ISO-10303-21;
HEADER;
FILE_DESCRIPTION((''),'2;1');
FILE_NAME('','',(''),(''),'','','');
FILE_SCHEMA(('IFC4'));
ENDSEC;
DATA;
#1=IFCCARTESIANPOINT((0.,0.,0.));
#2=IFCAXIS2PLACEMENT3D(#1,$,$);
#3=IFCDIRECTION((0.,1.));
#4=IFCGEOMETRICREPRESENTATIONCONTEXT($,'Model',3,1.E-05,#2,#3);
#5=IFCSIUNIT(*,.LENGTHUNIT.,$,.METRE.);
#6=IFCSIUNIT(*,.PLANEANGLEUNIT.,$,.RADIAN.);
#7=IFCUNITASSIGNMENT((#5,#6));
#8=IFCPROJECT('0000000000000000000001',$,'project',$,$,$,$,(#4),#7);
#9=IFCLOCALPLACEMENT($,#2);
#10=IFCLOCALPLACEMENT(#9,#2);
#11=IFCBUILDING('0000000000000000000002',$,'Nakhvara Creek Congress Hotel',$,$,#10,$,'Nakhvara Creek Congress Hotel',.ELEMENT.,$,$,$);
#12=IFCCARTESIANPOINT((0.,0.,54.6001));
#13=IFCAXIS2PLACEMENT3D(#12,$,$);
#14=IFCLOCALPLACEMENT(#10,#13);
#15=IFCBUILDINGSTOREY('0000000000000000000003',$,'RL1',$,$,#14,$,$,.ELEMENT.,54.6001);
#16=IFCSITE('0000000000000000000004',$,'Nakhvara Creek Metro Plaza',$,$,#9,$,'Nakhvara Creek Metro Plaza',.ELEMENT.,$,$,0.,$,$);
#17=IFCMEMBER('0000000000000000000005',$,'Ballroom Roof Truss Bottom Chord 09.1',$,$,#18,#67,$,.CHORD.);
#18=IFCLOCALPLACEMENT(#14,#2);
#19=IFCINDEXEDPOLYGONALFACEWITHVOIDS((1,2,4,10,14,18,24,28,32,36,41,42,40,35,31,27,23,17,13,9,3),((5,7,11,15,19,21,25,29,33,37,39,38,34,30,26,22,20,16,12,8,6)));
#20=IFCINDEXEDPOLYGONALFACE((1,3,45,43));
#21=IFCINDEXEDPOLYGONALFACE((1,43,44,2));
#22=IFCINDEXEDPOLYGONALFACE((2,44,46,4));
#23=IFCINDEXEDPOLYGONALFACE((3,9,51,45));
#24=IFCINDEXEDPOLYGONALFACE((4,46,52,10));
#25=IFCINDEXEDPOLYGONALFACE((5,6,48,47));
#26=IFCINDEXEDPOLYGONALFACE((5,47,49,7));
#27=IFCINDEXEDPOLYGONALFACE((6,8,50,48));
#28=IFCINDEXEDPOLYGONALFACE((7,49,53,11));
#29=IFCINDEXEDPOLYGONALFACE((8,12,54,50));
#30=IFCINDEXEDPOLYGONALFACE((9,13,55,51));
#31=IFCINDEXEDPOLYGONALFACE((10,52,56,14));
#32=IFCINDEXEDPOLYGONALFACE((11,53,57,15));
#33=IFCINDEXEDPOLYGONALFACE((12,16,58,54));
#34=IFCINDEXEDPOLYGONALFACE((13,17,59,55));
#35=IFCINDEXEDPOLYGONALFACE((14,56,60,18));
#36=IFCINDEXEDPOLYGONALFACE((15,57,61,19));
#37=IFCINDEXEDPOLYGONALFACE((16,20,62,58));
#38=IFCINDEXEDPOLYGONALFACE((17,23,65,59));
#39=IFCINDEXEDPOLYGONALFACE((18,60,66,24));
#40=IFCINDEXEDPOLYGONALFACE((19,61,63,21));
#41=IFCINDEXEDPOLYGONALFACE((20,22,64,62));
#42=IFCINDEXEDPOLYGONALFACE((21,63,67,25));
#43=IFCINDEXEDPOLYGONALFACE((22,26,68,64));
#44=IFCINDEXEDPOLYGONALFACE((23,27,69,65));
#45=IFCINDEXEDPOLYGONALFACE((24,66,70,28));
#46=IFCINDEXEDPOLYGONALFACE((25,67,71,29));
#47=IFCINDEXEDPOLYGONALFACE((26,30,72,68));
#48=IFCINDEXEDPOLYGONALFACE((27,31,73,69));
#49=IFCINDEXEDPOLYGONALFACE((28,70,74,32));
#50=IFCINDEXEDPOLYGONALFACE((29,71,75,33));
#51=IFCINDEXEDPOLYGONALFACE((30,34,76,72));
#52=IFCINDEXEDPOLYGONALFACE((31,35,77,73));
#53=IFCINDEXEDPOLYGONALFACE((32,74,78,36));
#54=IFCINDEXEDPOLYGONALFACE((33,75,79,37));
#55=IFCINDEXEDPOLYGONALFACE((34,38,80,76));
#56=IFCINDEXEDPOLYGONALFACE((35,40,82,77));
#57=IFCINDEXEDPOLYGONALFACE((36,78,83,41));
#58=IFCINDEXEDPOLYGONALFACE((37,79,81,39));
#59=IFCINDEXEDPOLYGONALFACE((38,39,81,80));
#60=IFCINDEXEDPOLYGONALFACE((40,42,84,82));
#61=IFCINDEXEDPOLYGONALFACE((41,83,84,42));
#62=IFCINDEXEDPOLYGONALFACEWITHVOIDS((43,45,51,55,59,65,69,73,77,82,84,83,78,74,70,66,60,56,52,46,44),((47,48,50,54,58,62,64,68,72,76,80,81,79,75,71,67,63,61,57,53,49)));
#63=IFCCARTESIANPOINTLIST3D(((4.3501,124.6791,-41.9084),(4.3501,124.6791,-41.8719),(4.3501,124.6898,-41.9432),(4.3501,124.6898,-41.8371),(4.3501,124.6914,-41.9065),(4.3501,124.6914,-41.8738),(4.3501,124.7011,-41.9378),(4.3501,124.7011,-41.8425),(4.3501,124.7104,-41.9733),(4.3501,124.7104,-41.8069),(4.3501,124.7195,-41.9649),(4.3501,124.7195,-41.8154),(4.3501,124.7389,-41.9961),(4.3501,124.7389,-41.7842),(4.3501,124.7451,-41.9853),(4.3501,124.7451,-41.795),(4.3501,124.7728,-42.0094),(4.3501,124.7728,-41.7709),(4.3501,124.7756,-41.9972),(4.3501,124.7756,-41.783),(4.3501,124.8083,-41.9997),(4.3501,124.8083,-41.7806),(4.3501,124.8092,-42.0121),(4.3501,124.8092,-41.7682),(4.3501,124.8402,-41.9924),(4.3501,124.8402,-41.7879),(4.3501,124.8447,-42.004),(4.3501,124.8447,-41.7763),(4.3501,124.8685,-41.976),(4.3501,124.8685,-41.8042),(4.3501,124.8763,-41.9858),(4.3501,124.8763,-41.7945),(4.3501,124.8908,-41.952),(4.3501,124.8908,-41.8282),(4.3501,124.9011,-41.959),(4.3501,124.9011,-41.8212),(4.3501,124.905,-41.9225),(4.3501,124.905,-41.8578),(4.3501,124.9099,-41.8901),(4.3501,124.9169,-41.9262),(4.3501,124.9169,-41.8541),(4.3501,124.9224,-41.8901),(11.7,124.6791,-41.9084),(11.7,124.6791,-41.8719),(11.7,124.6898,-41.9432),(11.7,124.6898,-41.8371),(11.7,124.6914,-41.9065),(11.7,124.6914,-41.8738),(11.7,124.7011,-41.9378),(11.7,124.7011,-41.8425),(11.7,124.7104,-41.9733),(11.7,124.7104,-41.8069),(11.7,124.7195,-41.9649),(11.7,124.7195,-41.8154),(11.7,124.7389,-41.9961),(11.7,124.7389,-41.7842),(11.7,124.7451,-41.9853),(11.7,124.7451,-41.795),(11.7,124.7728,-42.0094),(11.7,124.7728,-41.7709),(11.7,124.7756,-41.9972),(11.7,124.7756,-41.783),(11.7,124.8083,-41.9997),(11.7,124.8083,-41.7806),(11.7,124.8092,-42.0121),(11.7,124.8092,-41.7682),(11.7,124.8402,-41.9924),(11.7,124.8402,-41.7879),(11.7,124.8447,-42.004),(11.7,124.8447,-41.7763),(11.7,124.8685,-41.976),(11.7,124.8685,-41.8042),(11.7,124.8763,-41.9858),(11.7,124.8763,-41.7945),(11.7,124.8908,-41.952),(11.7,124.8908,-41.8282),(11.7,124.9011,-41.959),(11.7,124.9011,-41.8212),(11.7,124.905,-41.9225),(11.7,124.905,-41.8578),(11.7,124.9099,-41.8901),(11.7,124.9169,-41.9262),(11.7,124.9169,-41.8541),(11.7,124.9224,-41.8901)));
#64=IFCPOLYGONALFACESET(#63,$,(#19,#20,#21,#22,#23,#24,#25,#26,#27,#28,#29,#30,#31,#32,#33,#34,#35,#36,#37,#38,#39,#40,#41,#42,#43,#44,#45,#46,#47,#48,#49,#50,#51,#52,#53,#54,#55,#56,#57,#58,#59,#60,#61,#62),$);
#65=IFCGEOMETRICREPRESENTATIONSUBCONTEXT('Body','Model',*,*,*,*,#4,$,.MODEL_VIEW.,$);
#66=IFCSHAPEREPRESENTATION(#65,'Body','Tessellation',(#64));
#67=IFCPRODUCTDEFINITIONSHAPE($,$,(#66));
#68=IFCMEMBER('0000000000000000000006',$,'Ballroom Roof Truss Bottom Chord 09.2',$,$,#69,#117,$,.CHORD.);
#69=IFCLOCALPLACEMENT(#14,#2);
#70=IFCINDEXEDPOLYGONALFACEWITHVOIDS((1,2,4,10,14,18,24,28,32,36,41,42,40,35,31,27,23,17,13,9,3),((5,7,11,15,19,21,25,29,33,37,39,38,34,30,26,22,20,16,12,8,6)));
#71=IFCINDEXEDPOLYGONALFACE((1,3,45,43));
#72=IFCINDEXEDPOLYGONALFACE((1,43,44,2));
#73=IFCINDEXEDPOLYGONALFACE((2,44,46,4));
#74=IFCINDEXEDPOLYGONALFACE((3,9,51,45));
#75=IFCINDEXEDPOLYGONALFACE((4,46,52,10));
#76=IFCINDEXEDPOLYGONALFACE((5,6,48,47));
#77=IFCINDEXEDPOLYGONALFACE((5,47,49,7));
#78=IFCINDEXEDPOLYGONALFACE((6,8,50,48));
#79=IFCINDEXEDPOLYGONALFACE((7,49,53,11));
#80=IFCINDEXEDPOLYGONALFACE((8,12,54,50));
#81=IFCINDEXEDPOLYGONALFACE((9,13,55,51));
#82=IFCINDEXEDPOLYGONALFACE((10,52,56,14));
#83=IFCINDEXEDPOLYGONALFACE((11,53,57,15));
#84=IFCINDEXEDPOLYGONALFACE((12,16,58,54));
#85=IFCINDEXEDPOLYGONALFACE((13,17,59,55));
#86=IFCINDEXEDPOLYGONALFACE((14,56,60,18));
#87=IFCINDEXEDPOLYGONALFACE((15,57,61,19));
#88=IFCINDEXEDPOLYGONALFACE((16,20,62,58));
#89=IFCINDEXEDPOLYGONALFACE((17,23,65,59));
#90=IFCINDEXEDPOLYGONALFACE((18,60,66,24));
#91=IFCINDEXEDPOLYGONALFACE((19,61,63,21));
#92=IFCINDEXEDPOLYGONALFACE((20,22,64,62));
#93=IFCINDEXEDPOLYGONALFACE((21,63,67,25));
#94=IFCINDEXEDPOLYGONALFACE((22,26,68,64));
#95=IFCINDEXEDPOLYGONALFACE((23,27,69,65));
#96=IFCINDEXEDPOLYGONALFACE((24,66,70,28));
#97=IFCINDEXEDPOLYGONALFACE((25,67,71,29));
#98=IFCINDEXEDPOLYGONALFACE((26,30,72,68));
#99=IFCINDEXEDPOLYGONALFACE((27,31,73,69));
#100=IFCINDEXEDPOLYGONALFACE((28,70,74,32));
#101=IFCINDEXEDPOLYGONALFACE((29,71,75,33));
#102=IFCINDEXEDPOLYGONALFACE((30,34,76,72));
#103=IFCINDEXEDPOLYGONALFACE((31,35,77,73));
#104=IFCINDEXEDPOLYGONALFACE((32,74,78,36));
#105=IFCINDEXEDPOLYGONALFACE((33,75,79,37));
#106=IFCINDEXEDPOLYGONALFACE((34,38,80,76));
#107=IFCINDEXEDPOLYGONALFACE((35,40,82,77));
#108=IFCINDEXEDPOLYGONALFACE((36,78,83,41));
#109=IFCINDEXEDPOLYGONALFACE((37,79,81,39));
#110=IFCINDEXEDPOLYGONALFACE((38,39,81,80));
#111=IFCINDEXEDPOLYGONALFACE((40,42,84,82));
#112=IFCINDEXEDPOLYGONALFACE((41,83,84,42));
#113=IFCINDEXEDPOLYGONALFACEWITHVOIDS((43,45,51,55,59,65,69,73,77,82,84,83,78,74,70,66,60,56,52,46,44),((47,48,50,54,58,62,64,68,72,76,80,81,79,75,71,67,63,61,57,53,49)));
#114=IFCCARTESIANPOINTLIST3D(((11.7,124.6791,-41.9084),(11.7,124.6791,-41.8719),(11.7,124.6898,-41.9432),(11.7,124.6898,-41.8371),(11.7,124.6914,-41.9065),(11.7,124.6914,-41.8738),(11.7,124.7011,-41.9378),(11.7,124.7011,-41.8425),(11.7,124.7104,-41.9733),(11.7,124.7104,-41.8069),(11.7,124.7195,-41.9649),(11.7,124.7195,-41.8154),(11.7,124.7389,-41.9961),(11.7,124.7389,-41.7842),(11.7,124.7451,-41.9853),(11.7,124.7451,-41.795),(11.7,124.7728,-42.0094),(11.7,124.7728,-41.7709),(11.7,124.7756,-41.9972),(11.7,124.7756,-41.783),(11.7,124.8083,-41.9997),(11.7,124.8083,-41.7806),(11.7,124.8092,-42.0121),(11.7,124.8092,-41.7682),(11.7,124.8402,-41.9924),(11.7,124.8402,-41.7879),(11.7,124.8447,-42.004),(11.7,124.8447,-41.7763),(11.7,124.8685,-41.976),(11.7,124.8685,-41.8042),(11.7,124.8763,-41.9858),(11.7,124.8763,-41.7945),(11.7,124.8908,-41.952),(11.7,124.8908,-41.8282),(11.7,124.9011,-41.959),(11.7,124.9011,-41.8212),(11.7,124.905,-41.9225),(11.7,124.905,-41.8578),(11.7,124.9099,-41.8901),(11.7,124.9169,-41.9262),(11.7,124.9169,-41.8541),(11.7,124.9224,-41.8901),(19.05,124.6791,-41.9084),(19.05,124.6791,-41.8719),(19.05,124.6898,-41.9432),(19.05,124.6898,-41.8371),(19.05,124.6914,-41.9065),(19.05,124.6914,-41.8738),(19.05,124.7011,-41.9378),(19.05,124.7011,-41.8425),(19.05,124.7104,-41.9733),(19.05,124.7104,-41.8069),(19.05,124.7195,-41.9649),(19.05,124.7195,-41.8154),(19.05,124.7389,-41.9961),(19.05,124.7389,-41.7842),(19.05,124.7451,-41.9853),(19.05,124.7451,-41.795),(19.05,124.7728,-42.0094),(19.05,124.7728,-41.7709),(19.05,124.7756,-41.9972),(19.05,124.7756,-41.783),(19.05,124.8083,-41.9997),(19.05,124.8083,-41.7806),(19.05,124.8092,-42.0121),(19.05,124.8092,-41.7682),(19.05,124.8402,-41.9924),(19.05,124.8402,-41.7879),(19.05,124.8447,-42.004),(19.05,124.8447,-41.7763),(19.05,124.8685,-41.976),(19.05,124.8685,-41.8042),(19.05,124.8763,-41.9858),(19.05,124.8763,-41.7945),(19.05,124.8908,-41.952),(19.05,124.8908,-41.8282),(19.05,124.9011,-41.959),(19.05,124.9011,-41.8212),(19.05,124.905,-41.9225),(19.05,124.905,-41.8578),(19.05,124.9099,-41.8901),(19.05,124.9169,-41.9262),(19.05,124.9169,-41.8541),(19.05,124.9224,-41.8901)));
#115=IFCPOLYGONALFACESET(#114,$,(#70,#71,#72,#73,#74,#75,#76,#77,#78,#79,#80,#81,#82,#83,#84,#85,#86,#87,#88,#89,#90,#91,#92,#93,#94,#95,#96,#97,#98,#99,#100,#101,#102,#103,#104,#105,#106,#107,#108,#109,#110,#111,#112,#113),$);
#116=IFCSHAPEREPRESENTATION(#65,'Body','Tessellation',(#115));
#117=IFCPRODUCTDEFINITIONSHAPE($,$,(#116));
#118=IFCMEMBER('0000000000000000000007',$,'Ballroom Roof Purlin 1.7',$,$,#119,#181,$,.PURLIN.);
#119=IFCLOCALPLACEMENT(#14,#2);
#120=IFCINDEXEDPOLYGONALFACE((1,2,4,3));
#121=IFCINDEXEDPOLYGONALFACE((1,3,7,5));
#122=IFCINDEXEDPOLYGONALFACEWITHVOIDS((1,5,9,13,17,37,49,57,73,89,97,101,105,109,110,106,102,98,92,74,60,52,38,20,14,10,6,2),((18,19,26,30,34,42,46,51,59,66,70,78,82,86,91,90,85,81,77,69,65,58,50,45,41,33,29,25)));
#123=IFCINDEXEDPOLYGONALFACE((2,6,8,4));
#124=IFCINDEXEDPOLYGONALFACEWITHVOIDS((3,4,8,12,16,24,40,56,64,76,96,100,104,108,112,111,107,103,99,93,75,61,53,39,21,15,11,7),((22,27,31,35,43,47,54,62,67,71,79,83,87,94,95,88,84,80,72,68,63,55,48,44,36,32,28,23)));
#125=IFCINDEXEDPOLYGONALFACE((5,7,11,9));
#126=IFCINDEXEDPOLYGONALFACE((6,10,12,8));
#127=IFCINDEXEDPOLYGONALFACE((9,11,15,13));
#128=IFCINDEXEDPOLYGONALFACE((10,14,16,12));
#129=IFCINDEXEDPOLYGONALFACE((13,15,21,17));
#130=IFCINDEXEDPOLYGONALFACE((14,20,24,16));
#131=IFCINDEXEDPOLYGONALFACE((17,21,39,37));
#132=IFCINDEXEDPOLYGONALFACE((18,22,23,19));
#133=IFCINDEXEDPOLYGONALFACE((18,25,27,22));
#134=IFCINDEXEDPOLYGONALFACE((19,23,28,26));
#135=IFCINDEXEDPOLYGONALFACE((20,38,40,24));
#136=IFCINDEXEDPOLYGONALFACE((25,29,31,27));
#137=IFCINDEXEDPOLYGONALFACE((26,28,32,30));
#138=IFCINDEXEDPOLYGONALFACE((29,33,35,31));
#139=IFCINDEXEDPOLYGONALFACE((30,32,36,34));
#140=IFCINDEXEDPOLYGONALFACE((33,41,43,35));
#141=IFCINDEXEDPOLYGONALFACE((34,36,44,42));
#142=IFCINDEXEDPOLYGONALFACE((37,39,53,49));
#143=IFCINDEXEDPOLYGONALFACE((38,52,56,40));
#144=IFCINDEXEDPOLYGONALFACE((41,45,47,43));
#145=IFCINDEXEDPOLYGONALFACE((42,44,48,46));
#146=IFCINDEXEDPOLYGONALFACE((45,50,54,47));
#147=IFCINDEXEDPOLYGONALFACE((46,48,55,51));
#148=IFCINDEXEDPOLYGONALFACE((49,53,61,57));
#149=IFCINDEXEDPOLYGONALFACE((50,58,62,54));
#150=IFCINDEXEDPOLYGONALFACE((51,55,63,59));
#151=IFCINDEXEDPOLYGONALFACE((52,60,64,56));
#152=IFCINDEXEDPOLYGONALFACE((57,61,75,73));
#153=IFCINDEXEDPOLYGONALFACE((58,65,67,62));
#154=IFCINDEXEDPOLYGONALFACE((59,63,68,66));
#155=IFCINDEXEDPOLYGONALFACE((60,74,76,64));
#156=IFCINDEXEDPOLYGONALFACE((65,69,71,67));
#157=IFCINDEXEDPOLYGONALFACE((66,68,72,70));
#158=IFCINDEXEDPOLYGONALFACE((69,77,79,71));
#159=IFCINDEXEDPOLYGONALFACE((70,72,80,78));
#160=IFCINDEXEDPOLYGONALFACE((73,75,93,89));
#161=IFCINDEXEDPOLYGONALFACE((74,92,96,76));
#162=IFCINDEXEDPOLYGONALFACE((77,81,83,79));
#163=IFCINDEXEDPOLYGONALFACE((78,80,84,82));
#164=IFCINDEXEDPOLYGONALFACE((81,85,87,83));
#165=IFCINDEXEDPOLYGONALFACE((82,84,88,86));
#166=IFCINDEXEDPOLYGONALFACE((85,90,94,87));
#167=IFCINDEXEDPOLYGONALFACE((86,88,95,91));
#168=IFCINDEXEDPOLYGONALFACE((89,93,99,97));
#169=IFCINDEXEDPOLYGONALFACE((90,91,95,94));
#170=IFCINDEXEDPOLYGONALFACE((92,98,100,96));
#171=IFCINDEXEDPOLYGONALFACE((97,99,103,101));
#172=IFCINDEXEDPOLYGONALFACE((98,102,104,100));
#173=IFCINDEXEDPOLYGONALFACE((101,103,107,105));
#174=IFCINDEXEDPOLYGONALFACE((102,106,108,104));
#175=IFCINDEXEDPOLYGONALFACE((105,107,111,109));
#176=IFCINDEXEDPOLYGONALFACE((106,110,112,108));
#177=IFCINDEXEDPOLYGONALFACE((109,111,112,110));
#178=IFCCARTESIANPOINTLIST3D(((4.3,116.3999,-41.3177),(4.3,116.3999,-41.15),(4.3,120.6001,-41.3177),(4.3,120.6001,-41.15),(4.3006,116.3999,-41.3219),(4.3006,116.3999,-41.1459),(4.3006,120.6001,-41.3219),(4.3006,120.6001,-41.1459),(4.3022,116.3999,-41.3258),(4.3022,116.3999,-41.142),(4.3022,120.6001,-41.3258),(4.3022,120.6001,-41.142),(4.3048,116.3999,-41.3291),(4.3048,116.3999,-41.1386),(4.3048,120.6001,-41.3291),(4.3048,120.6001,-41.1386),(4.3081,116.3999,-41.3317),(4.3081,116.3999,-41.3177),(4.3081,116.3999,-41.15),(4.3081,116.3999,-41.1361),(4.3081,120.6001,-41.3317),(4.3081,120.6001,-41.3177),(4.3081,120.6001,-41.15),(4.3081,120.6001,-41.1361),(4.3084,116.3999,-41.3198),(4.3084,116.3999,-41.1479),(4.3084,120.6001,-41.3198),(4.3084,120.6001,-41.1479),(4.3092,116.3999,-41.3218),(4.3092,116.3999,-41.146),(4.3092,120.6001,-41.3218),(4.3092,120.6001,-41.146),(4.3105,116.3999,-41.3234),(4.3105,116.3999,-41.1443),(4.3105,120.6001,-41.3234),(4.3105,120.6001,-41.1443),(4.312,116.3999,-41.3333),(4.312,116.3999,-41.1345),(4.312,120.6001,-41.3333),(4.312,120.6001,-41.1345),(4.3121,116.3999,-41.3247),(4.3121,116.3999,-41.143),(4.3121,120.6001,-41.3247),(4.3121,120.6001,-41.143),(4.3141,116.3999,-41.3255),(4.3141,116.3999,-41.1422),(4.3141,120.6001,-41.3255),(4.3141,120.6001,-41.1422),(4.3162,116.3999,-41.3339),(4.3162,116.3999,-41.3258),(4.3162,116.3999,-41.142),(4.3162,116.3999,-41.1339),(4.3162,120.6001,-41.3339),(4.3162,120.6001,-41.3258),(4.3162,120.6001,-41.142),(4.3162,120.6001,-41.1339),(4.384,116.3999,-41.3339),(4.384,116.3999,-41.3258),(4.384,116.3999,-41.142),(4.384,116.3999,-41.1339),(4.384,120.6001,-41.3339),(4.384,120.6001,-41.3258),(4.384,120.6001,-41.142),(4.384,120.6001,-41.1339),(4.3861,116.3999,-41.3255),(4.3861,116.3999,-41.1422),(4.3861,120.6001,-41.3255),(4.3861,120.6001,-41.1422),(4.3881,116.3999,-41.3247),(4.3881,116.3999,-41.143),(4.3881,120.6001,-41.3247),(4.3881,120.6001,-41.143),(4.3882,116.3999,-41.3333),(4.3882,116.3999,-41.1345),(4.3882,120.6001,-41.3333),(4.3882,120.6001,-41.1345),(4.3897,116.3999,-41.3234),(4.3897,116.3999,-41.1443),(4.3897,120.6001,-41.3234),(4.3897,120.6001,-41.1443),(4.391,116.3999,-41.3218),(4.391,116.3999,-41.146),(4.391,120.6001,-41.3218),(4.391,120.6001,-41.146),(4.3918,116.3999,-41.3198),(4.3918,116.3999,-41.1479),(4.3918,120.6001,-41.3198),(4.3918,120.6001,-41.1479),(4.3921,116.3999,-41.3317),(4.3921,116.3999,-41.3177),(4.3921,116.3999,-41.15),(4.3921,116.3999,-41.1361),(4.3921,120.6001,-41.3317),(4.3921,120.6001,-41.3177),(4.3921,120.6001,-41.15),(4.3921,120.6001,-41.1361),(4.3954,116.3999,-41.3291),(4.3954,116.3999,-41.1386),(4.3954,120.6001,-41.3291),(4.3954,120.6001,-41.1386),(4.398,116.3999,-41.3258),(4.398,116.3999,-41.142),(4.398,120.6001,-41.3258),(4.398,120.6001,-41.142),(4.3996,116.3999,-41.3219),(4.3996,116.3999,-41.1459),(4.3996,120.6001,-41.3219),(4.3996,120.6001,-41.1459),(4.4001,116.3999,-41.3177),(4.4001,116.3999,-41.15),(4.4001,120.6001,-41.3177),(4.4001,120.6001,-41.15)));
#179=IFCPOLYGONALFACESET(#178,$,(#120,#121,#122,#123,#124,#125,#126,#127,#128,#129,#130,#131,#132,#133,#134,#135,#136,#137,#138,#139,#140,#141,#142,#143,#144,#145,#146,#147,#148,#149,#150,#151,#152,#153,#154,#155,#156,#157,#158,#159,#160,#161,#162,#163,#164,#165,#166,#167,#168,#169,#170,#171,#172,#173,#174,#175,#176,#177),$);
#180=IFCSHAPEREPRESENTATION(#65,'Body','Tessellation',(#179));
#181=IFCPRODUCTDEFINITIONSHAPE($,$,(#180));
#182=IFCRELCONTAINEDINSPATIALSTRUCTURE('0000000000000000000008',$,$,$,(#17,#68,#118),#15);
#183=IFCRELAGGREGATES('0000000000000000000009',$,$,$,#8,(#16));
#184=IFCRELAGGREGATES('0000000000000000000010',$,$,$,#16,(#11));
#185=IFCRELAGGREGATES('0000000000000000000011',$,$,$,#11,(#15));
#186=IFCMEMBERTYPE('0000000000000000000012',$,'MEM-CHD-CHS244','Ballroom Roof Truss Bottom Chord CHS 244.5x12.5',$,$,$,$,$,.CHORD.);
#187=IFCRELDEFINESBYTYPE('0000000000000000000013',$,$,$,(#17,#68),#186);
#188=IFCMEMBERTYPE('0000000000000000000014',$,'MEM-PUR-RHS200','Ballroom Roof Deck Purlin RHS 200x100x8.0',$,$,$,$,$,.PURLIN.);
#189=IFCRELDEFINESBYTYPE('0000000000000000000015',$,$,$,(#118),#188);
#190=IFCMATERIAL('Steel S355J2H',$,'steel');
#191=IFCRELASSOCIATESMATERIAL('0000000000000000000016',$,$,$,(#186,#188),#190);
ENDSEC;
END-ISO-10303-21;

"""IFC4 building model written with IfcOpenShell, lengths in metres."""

from ifc_helpers import new_model, si_unit, direction, frame, origin, origin_2d, place, context, subcontext, project, spatial, hollow_rectangle, hollow_circle, extrude, material, material_profile, profile_set, type_object, element, save


model = new_model("IFC4")

# Units and contexts
model_context = context("Model", 3, precision=1e-05, world=origin(), true_north=direction((0.0, 1.0)))
body_context = subcontext(model_context, "Body", "Model", "MODEL_VIEW")
ifc_project = project(units=[si_unit("LENGTHUNIT", "METRE"), si_unit("PLANEANGLEUNIT", "RADIAN")], contexts=[model_context])

# Site, building, storey
site_placement = place(None, origin())
site = spatial("IfcSite", under=ifc_project, at=site_placement, Name="Nakhvara Creek Metro Plaza", LongName="Nakhvara Creek Metro Plaza", CompositionType="ELEMENT", RefElevation=0.0)
building_placement = place(site_placement, origin())
building = spatial("IfcBuilding", under=site, at=building_placement, Name="Nakhvara Creek Congress Hotel", LongName="Nakhvara Creek Congress Hotel", CompositionType="ELEMENT")
storey_placement = place(building_placement, frame((0.0, 0.0, 54.6001)))
storey = spatial("IfcBuildingStorey", under=building, at=storey_placement, Name="RL1", CompositionType="ELEMENT", Elevation=54.6001)

# Members
ifc_material_1 = material(Name="Steel S355J2H", Category="steel")
ifc_material_profile_1 = material_profile(ifc_material_1, hollow_circle(Radius=0.1223, WallThickness=0.0125, at=origin_2d()), Name="CHS 244.5x12.5", Category="LoadBearing")
ifc_profile_set_1 = profile_set([ifc_material_profile_1], Name="Steel S355J2H")
member_type_1 = type_object("IfcMemberType", Name="MEM-CHD-CHS244", Description="Ballroom Roof Truss Bottom Chord CHS 244.5x12.5", PredefinedType="CHORD", material=ifc_profile_set_1)
member_1_placement = place(storey_placement, frame((4.3501, 124.8, -41.8901), z_axis=(1.0, 0.0, 0.0), x_axis=(0.0, 1.0, 0.0)))
element("IfcMember", 1, at=member_1_placement, inside=storey, type_object=member_type_1, Name="Ballroom Roof Truss Bottom Chord 09.1", PredefinedType="CHORD", context=body_context, shape_type="SweptSolid", body=[
    extrude(hollow_circle(Radius=0.1223, WallThickness=0.0125, at=origin_2d()), origin(), (0.0, 0.0, 1.0), 7.3499),
])
member_2_placement = place(storey_placement, frame((11.7, 124.8, -41.8901), z_axis=(1.0, 0.0, 0.0), x_axis=(0.0, 1.0, 0.0)))
element("IfcMember", 2, at=member_2_placement, inside=storey, type_object=member_type_1, Name="Ballroom Roof Truss Bottom Chord 09.2", PredefinedType="CHORD", context=body_context, shape_type="SweptSolid", body=[
    extrude(hollow_circle(Radius=0.1223, WallThickness=0.0125, at=origin_2d()), origin(), (0.0, 0.0, 1.0), 7.3501),
])
ifc_material_profile_2 = material_profile(ifc_material_1, hollow_rectangle(XDim=0.1001, YDim=0.2, WallThickness=0.0081, InnerFilletRadius=0.0081, OuterFilletRadius=0.0161, at=origin_2d()), Name="RHS 200x100x8.0", Category="LoadBearing")
ifc_profile_set_2 = profile_set([ifc_material_profile_2], Name="Steel S355J2H")
member_type_2 = type_object("IfcMemberType", Name="MEM-PUR-RHS200", Description="Ballroom Roof Deck Purlin RHS 200x100x8.0", PredefinedType="PURLIN", material=ifc_profile_set_2)
member_3_placement = place(storey_placement, frame((4.3501, 116.3999, -41.2339), z_axis=(0.0, 1.0, 0.0), x_axis=(-1.0, 0.0, 0.0)))
element("IfcMember", 3, at=member_3_placement, inside=storey, type_object=member_type_2, Name="Ballroom Roof Purlin 1.7", PredefinedType="PURLIN", context=body_context, shape_type="SweptSolid", body=[
    extrude(hollow_rectangle(XDim=0.1001, YDim=0.2, WallThickness=0.0081, InnerFilletRadius=0.0081, OuterFilletRadius=0.0161, at=origin_2d()), origin(), (0.0, 0.0, 1.0), 4.2002),
])

save(model, "model.ifc")
